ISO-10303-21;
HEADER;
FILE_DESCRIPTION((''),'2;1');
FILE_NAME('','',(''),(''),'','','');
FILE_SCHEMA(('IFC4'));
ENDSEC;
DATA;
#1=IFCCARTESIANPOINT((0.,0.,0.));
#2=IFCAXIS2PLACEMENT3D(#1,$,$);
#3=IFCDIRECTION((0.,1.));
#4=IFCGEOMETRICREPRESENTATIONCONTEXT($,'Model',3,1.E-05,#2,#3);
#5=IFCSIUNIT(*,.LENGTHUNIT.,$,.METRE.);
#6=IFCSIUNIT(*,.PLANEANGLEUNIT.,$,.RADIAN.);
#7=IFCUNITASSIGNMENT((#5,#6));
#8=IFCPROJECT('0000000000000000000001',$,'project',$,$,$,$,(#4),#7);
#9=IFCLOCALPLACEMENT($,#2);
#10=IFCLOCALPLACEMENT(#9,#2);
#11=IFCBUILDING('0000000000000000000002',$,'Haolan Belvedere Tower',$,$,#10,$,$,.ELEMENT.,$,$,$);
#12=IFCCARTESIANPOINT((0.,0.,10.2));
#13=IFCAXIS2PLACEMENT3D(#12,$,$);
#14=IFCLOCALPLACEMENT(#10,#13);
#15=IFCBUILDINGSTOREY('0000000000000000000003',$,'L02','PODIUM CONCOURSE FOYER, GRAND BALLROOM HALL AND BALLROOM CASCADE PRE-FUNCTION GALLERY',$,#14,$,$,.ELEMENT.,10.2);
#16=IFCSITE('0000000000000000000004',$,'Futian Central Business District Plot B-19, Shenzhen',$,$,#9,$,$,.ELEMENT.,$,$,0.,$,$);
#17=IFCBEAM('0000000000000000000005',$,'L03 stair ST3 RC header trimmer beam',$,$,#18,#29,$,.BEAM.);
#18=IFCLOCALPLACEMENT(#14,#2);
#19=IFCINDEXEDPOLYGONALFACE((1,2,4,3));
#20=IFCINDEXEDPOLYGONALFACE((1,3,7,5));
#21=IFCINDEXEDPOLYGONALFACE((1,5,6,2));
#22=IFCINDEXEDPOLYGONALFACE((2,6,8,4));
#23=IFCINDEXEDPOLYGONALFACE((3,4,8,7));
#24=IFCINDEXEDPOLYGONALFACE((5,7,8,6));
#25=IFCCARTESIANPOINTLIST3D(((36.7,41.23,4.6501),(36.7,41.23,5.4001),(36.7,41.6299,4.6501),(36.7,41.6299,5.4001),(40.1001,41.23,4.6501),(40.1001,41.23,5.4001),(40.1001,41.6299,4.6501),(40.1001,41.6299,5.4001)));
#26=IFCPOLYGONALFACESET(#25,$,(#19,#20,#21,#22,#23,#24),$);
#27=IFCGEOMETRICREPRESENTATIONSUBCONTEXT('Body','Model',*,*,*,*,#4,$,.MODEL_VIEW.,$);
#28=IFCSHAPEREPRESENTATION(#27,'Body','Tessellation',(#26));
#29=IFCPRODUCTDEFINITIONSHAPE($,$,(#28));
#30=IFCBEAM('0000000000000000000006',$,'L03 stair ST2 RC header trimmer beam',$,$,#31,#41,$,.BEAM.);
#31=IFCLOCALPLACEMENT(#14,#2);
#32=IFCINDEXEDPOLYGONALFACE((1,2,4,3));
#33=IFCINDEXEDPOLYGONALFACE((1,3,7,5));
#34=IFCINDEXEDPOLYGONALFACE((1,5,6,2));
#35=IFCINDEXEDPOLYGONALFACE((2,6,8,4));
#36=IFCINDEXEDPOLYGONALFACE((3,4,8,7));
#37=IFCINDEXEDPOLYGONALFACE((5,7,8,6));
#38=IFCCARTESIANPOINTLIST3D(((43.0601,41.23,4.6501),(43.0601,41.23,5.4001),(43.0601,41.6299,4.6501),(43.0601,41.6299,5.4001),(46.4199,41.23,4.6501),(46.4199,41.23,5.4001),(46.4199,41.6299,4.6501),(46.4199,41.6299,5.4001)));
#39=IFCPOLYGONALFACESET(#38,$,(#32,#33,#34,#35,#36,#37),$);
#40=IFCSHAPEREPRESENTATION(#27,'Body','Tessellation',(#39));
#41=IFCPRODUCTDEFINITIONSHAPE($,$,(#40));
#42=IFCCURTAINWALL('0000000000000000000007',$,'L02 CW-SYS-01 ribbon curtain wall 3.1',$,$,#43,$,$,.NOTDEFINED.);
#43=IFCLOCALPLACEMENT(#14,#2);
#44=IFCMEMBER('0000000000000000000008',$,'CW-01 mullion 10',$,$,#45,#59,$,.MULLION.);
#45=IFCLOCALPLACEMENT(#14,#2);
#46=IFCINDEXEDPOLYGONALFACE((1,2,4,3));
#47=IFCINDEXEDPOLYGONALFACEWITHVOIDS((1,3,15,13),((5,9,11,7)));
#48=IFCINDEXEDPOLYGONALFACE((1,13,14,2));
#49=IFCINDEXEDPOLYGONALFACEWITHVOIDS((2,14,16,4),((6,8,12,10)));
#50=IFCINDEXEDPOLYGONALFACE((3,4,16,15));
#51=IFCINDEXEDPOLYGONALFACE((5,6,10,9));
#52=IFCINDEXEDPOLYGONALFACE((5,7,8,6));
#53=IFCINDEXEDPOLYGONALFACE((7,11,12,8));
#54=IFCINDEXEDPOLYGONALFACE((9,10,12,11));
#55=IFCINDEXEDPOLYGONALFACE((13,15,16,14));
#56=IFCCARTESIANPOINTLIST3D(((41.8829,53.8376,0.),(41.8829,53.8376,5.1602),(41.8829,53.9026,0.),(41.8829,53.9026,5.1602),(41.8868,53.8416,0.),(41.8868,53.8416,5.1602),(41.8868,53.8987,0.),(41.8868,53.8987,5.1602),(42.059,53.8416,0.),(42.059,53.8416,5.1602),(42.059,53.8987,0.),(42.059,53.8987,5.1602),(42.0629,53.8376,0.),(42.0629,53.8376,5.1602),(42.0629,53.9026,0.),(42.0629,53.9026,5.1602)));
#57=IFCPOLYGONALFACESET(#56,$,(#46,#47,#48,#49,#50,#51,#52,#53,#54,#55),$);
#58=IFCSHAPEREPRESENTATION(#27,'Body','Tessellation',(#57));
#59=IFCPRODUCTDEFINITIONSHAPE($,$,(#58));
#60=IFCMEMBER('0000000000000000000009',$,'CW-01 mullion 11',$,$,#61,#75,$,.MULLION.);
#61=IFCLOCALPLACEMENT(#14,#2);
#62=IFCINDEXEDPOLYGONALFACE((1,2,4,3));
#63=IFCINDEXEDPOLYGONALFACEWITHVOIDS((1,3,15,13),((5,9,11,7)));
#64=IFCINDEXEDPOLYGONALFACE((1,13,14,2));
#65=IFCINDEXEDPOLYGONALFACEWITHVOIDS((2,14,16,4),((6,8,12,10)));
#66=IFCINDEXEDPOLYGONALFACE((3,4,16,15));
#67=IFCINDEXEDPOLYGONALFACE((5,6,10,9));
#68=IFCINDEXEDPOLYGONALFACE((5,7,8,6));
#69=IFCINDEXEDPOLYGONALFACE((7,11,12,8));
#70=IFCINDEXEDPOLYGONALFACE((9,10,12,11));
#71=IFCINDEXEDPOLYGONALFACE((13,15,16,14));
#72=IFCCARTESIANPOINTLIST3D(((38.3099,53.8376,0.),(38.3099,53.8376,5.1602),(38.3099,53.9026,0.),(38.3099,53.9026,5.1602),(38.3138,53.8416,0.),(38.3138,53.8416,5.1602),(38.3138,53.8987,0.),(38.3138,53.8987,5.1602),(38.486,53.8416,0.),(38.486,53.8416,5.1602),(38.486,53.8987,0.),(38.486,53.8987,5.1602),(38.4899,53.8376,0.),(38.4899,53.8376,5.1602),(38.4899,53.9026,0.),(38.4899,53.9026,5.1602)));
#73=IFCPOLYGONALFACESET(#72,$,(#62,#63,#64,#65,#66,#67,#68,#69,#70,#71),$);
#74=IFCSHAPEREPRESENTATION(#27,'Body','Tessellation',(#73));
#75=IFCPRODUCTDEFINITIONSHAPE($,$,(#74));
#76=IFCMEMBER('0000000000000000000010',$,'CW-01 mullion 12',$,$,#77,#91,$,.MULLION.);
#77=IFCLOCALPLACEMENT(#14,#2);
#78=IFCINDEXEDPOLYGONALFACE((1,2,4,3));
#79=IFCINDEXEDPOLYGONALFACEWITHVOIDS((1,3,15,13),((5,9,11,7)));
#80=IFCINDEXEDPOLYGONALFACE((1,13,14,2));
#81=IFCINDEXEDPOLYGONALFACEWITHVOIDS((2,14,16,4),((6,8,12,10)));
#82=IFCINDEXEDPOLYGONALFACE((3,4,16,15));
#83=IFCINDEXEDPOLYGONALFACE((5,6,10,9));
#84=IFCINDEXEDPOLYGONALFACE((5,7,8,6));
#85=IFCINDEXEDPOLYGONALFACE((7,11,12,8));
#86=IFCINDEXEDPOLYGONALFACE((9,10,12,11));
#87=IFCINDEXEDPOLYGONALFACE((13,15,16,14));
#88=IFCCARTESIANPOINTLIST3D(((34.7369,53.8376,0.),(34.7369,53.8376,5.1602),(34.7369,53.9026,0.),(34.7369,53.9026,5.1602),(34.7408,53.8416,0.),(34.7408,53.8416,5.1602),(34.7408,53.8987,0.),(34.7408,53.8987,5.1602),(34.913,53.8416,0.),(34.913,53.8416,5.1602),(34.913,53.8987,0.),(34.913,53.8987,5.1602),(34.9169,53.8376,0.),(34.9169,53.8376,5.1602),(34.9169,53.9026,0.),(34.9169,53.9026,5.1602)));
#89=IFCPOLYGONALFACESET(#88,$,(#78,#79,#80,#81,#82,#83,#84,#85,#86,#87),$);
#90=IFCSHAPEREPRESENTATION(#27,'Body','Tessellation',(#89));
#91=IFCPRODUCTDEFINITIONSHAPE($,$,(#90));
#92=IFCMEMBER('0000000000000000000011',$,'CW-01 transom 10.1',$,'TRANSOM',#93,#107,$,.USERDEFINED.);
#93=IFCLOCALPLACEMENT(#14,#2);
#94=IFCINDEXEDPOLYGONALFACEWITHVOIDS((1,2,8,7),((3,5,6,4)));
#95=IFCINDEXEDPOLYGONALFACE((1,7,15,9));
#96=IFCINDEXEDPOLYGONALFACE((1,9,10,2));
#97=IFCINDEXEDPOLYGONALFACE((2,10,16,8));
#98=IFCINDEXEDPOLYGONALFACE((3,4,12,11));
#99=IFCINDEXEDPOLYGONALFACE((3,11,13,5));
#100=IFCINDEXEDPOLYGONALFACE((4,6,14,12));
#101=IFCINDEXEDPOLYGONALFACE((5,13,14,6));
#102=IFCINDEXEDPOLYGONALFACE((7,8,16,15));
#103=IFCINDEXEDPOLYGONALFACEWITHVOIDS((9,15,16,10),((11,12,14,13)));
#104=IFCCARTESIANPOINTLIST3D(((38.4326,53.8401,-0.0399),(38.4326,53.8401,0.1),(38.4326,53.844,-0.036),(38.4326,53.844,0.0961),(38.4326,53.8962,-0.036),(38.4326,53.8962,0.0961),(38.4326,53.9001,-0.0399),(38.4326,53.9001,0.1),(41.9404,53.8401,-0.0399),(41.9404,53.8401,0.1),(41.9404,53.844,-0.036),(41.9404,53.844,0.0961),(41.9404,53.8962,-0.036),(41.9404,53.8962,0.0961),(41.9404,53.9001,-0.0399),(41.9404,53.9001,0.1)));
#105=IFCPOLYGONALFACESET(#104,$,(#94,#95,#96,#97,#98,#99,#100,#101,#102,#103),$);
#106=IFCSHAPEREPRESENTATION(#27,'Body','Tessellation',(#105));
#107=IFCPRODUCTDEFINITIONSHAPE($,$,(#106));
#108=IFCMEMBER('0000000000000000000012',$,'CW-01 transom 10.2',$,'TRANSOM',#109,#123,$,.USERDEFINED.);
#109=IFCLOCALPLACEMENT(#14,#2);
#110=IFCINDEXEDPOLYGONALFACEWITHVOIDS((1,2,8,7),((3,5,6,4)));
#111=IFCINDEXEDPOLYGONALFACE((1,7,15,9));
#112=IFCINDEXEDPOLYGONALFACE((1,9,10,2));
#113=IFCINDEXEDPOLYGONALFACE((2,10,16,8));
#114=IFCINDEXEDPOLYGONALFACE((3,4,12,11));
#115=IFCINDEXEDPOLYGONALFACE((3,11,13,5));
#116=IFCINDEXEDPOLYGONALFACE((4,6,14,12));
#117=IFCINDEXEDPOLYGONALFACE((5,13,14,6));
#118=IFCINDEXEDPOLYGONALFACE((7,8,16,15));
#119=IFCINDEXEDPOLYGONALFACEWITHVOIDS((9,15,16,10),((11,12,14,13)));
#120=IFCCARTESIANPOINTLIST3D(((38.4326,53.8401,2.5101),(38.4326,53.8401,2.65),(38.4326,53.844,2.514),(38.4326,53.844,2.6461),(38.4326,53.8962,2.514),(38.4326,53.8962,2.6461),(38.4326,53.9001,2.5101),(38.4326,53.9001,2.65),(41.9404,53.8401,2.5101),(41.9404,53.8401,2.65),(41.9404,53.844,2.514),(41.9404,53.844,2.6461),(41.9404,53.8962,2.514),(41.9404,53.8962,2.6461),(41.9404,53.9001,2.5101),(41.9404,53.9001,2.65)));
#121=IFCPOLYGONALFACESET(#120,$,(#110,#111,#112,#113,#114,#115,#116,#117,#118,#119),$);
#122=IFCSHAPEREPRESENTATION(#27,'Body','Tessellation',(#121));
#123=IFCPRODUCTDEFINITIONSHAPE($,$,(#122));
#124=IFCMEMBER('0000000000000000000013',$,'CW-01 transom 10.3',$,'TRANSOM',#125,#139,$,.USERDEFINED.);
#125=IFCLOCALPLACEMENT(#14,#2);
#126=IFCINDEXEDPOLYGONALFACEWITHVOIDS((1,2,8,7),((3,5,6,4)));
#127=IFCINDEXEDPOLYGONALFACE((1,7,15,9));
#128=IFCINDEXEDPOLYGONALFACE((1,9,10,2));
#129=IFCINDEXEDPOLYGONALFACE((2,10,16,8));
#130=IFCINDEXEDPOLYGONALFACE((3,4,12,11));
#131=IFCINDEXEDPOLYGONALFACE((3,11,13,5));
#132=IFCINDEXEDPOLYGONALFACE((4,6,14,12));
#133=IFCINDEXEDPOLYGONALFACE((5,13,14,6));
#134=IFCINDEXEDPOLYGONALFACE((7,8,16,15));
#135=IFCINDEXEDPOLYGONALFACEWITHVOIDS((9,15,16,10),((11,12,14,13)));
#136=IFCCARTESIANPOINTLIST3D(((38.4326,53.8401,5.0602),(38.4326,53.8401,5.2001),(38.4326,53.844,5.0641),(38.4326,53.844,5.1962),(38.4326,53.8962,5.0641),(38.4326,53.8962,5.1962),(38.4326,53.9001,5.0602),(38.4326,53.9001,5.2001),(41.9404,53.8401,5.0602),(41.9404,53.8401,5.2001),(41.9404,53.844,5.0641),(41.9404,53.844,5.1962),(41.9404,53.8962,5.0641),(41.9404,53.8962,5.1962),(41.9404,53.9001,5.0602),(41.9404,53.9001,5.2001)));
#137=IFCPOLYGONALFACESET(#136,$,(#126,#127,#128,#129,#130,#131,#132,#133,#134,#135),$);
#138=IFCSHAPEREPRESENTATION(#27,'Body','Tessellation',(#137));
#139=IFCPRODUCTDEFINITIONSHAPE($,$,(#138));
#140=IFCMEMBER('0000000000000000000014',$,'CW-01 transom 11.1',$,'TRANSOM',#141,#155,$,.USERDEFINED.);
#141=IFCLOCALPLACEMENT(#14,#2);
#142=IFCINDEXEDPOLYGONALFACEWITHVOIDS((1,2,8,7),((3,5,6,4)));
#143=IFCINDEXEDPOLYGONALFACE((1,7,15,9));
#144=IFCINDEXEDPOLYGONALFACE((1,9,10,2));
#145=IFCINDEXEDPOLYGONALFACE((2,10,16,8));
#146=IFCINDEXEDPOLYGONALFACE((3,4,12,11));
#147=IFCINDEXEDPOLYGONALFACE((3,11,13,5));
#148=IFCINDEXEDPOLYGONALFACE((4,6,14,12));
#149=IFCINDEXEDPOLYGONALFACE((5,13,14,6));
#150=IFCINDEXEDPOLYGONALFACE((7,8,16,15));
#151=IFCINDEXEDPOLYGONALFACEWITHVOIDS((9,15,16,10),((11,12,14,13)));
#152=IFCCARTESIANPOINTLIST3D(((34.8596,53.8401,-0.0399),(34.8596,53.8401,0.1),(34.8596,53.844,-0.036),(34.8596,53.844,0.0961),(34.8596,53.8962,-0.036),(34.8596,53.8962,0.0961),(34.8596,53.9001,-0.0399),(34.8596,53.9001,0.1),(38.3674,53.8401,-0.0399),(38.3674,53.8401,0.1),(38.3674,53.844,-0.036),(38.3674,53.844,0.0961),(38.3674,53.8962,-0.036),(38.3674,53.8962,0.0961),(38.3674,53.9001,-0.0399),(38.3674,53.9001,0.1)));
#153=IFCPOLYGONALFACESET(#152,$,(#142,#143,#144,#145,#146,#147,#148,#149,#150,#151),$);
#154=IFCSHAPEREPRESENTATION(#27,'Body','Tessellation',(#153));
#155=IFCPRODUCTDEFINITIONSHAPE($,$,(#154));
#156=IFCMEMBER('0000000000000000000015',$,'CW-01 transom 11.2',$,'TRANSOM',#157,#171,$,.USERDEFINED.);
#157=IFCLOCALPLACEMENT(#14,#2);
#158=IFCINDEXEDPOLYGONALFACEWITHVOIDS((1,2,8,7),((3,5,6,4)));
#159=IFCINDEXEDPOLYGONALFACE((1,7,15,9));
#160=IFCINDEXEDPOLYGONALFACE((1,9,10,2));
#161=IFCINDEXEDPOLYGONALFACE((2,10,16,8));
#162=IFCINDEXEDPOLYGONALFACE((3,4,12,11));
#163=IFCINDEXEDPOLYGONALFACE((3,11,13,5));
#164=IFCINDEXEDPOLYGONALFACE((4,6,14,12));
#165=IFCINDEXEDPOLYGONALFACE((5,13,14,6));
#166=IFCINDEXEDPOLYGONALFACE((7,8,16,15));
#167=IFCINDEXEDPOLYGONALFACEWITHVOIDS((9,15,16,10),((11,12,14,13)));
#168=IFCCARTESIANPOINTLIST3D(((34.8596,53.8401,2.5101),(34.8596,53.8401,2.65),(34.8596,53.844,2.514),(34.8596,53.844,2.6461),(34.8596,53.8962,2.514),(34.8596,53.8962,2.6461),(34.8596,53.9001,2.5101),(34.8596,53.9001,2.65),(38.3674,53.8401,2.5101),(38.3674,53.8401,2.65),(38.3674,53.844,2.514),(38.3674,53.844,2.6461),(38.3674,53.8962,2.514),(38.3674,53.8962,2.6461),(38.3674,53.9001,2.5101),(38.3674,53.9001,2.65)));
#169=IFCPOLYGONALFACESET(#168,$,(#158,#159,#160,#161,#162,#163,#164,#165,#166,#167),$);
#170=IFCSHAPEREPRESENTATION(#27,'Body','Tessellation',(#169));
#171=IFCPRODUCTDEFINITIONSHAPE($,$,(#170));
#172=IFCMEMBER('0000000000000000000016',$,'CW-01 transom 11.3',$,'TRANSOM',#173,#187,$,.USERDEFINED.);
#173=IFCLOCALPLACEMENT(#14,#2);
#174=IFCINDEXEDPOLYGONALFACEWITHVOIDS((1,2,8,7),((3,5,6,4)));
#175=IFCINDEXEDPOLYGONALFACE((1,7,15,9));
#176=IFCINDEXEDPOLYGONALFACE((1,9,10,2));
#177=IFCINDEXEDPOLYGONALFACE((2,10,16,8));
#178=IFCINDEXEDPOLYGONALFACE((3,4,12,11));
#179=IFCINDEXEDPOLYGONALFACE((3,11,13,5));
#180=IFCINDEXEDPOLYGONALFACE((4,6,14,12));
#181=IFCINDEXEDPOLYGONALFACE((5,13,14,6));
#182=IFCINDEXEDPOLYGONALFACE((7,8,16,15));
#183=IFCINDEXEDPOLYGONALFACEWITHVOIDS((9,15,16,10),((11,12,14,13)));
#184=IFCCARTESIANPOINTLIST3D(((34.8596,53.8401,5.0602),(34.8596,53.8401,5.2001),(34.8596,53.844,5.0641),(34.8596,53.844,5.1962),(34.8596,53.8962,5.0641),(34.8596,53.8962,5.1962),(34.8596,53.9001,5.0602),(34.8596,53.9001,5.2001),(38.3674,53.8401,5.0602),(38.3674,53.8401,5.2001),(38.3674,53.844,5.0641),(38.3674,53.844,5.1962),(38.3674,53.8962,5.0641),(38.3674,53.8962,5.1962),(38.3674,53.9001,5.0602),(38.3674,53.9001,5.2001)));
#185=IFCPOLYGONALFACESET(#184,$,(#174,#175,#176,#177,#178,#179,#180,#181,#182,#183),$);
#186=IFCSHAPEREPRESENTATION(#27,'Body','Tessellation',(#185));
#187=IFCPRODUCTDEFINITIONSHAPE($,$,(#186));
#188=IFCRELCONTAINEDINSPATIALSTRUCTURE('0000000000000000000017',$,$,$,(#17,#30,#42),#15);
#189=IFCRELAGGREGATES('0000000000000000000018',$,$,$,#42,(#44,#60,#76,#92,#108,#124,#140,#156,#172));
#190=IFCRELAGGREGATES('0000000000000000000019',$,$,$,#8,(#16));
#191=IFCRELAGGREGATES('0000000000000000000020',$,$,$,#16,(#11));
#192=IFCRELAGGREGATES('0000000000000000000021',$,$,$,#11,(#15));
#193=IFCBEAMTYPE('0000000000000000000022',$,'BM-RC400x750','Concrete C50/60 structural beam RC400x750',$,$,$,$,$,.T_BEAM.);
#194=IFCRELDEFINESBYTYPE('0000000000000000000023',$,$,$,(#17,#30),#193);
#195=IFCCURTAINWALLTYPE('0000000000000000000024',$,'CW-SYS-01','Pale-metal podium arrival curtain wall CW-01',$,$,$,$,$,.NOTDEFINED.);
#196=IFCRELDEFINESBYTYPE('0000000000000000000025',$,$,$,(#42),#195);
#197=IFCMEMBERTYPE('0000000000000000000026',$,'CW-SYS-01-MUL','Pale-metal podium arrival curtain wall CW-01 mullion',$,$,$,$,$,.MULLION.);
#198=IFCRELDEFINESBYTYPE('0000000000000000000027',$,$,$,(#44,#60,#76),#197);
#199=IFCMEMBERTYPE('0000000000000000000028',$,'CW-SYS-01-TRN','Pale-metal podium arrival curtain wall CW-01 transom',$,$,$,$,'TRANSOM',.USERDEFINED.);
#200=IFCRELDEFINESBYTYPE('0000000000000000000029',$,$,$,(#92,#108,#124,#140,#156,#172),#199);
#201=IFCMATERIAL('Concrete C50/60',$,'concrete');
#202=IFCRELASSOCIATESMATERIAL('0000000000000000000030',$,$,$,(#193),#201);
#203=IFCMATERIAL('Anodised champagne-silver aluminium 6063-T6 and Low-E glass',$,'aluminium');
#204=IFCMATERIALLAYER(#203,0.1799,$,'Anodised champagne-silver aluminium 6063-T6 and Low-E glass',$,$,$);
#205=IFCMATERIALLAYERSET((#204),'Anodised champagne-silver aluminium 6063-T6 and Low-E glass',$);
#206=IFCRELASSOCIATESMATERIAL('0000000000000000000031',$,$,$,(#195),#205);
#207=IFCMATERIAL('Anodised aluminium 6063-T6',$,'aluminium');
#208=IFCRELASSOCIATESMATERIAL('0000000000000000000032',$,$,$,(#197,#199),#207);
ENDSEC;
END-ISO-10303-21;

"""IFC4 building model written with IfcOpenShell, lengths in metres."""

from ifc_helpers import new_model, si_unit, direction, frame, origin, origin_2d, place, context, subcontext, project, spatial, rectangle, hollow_rectangle, extrude, material, layer, layer_set, material_profile, profile_set, type_object, element, aggregate, save


model = new_model("IFC4")

# Units and contexts
model_context = context("Model", 3, precision=1e-05, world=origin(), true_north=direction((0.0, 1.0)))
body_context = subcontext(model_context, "Body", "Model", "MODEL_VIEW")
ifc_project = project(units=[si_unit("LENGTHUNIT", "METRE"), si_unit("PLANEANGLEUNIT", "RADIAN")], contexts=[model_context])

# Site, building, storey
site_placement = place(None, origin())
site = spatial("IfcSite", under=ifc_project, at=site_placement, Name="Futian Central Business District Plot B-19, Shenzhen", CompositionType="ELEMENT", RefElevation=0.0)
building_placement = place(site_placement, origin())
building = spatial("IfcBuilding", under=site, at=building_placement, Name="Haolan Belvedere Tower", CompositionType="ELEMENT")
storey_placement = place(building_placement, frame((0.0, 0.0, 10.2)))
storey = spatial("IfcBuildingStorey", under=building, at=storey_placement, Name="L02", Description="PODIUM CONCOURSE FOYER, GRAND BALLROOM HALL AND BALLROOM CASCADE PRE-FUNCTION GALLERY", CompositionType="ELEMENT", Elevation=10.2)

# Beams
ifc_material_1 = material(Name="Concrete C50/60", Category="concrete")
ifc_material_profile_1 = material_profile(ifc_material_1, rectangle(XDim=0.3999, YDim=0.75, at=origin_2d()), Name="Concrete C50/60")
ifc_profile_set_1 = profile_set([ifc_material_profile_1], Name="Concrete C50/60")
beam_type = type_object("IfcBeamType", Name="BM-RC400x750", Description="Concrete C50/60 structural beam RC400x750", PredefinedType="T_BEAM", material=ifc_profile_set_1)
beam_1_placement = place(storey_placement, frame((36.7, 41.4299, 5.0251), z_axis=(1.0, 0.0, 0.0), x_axis=(0.0, 1.0, 0.0)))
element("IfcBeam", 1, at=beam_1_placement, inside=storey, type_object=beam_type, Name="L03 stair ST3 RC header trimmer beam", PredefinedType="BEAM", context=body_context, shape_type="SweptSolid", body=[
    extrude(rectangle(XDim=0.3999, YDim=0.75, at=origin_2d()), origin(), (0.0, 0.0, 1.0), 3.4001),
])
beam_2_placement = place(storey_placement, frame((43.0601, 41.4299, 5.0251), z_axis=(1.0, 0.0, 0.0), x_axis=(0.0, 1.0, 0.0)))
element("IfcBeam", 2, at=beam_2_placement, inside=storey, type_object=beam_type, Name="L03 stair ST2 RC header trimmer beam", PredefinedType="BEAM", context=body_context, shape_type="SweptSolid", body=[
    extrude(rectangle(XDim=0.3999, YDim=0.75, at=origin_2d()), origin(), (0.0, 0.0, 1.0), 3.3599),
])

# Curtain wall, members
ifc_material_2 = material(Name="Anodised champagne-silver aluminium 6063-T6 and Low-E glass", Category="aluminium")
ifc_layer_1 = layer(ifc_material_2, 0.1799, Name="Anodised champagne-silver aluminium 6063-T6 and Low-E glass")
ifc_layer_set_1 = layer_set([ifc_layer_1], Name="Anodised champagne-silver aluminium 6063-T6 and Low-E glass")
curtain_wall_type = type_object("IfcCurtainWallType", Name="CW-SYS-01", Description="Pale-metal podium arrival curtain wall CW-01", PredefinedType="NOTDEFINED", material=ifc_layer_set_1)
curtain_wall_placement = place(storey_placement, origin())
curtain_wall = element("IfcCurtainWall", 3, at=curtain_wall_placement, inside=storey, type_object=curtain_wall_type, Name="L02 CW-SYS-01 ribbon curtain wall 3.1", PredefinedType="NOTDEFINED")
ifc_material_3 = material(Name="Anodised aluminium 6063-T6", Category="aluminium")
ifc_material_profile_2 = material_profile(ifc_material_3, hollow_rectangle(XDim=0.0649, YDim=0.1799, WallThickness=0.0039, at=origin_2d()), Name="Anodised aluminium 6063-T6")
ifc_profile_set_2 = profile_set([ifc_material_profile_2], Name="Anodised aluminium 6063-T6")
member_type_1 = type_object("IfcMemberType", Name="CW-SYS-01-MUL", Description="Pale-metal podium arrival curtain wall CW-01 mullion", PredefinedType="MULLION", material=ifc_profile_set_2)
member_1_placement = place(storey_placement, frame((41.9729, 53.8701, 0.0), z_axis=(0.0, 0.0, 1.0), x_axis=(0.0, -1.0, 0.0)))
member_1 = element("IfcMember", 4, at=member_1_placement, type_object=member_type_1, Name="CW-01 mullion 10", PredefinedType="MULLION", context=body_context, shape_type="SweptSolid", body=[
    extrude(hollow_rectangle(XDim=0.0649, YDim=0.1799, WallThickness=0.0039, at=origin_2d()), origin(), (0.0, 0.0, 1.0), 5.1602),
])
member_2_placement = place(storey_placement, frame((38.3999, 53.8701, 0.0), z_axis=(0.0, 0.0, 1.0), x_axis=(0.0, -1.0, 0.0)))
member_2 = element("IfcMember", 5, at=member_2_placement, type_object=member_type_1, Name="CW-01 mullion 11", PredefinedType="MULLION", context=body_context, shape_type="SweptSolid", body=[
    extrude(hollow_rectangle(XDim=0.0649, YDim=0.1799, WallThickness=0.0039, at=origin_2d()), origin(), (0.0, 0.0, 1.0), 5.1602),
])
member_3_placement = place(storey_placement, frame((34.8269, 53.8701, 0.0), z_axis=(0.0, 0.0, 1.0), x_axis=(0.0, -1.0, 0.0)))
member_3 = element("IfcMember", 6, at=member_3_placement, type_object=member_type_1, Name="CW-01 mullion 12", PredefinedType="MULLION", context=body_context, shape_type="SweptSolid", body=[
    extrude(hollow_rectangle(XDim=0.0649, YDim=0.1799, WallThickness=0.0039, at=origin_2d()), origin(), (0.0, 0.0, 1.0), 5.1602),
])
ifc_material_profile_3 = material_profile(ifc_material_3, hollow_rectangle(XDim=0.0601, YDim=0.1399, WallThickness=0.0039, at=origin_2d()), Name="Anodised aluminium 6063-T6")
ifc_profile_set_3 = profile_set([ifc_material_profile_3], Name="Anodised aluminium 6063-T6")
member_type_2 = type_object("IfcMemberType", Name="CW-SYS-01-TRN", Description="Pale-metal podium arrival curtain wall CW-01 transom", ElementType="TRANSOM", PredefinedType="USERDEFINED", material=ifc_profile_set_3)
member_4_placement = place(storey_placement, frame((41.9404, 53.8701, 0.03), z_axis=(-1.0, 0.0, 0.0), x_axis=(0.0, -1.0, 0.0)))
member_4 = element("IfcMember", 7, at=member_4_placement, type_object=member_type_2, Name="CW-01 transom 10.1", ObjectType="TRANSOM", PredefinedType="USERDEFINED", context=body_context, shape_type="SweptSolid", body=[
    extrude(hollow_rectangle(XDim=0.0601, YDim=0.1399, WallThickness=0.0039, at=origin_2d()), origin(), (0.0, 0.0, 1.0), 3.5078),
])
member_5_placement = place(storey_placement, frame((41.9404, 53.8701, 2.5801), z_axis=(-1.0, 0.0, 0.0), x_axis=(0.0, -1.0, 0.0)))
member_5 = element("IfcMember", 8, at=member_5_placement, type_object=member_type_2, Name="CW-01 transom 10.2", ObjectType="TRANSOM", PredefinedType="USERDEFINED", context=body_context, shape_type="SweptSolid", body=[
    extrude(hollow_rectangle(XDim=0.0601, YDim=0.1399, WallThickness=0.0039, at=origin_2d()), origin(), (0.0, 0.0, 1.0), 3.5078),
])
member_6_placement = place(storey_placement, frame((41.9404, 53.8701, 5.1301), z_axis=(-1.0, 0.0, 0.0), x_axis=(0.0, -1.0, 0.0)))
member_6 = element("IfcMember", 9, at=member_6_placement, type_object=member_type_2, Name="CW-01 transom 10.3", ObjectType="TRANSOM", PredefinedType="USERDEFINED", context=body_context, shape_type="SweptSolid", body=[
    extrude(hollow_rectangle(XDim=0.0601, YDim=0.1399, WallThickness=0.0039, at=origin_2d()), origin(), (0.0, 0.0, 1.0), 3.5078),
])
member_7_placement = place(storey_placement, frame((38.3674, 53.8701, 0.03), z_axis=(-1.0, 0.0, 0.0), x_axis=(0.0, -1.0, 0.0)))
member_7 = element("IfcMember", 10, at=member_7_placement, type_object=member_type_2, Name="CW-01 transom 11.1", ObjectType="TRANSOM", PredefinedType="USERDEFINED", context=body_context, shape_type="SweptSolid", body=[
    extrude(hollow_rectangle(XDim=0.0601, YDim=0.1399, WallThickness=0.0039, at=origin_2d()), origin(), (0.0, 0.0, 1.0), 3.5078),
])
member_8_placement = place(storey_placement, frame((38.3674, 53.8701, 2.5801), z_axis=(-1.0, 0.0, 0.0), x_axis=(0.0, -1.0, 0.0)))
member_8 = element("IfcMember", 11, at=member_8_placement, type_object=member_type_2, Name="CW-01 transom 11.2", ObjectType="TRANSOM", PredefinedType="USERDEFINED", context=body_context, shape_type="SweptSolid", body=[
    extrude(hollow_rectangle(XDim=0.0601, YDim=0.1399, WallThickness=0.0039, at=origin_2d()), origin(), (0.0, 0.0, 1.0), 3.5078),
])
member_9_placement = place(storey_placement, frame((38.3674, 53.8701, 5.1301), z_axis=(-1.0, 0.0, 0.0), x_axis=(0.0, -1.0, 0.0)))
member_9 = element("IfcMember", 12, at=member_9_placement, type_object=member_type_2, Name="CW-01 transom 11.3", ObjectType="TRANSOM", PredefinedType="USERDEFINED", context=body_context, shape_type="SweptSolid", body=[
    extrude(hollow_rectangle(XDim=0.0601, YDim=0.1399, WallThickness=0.0039, at=origin_2d()), origin(), (0.0, 0.0, 1.0), 3.5078),
])
aggregate(curtain_wall, [member_1, member_2, member_3, member_4, member_5, member_6, member_7, member_8, member_9])

save(model, "model.ifc")
